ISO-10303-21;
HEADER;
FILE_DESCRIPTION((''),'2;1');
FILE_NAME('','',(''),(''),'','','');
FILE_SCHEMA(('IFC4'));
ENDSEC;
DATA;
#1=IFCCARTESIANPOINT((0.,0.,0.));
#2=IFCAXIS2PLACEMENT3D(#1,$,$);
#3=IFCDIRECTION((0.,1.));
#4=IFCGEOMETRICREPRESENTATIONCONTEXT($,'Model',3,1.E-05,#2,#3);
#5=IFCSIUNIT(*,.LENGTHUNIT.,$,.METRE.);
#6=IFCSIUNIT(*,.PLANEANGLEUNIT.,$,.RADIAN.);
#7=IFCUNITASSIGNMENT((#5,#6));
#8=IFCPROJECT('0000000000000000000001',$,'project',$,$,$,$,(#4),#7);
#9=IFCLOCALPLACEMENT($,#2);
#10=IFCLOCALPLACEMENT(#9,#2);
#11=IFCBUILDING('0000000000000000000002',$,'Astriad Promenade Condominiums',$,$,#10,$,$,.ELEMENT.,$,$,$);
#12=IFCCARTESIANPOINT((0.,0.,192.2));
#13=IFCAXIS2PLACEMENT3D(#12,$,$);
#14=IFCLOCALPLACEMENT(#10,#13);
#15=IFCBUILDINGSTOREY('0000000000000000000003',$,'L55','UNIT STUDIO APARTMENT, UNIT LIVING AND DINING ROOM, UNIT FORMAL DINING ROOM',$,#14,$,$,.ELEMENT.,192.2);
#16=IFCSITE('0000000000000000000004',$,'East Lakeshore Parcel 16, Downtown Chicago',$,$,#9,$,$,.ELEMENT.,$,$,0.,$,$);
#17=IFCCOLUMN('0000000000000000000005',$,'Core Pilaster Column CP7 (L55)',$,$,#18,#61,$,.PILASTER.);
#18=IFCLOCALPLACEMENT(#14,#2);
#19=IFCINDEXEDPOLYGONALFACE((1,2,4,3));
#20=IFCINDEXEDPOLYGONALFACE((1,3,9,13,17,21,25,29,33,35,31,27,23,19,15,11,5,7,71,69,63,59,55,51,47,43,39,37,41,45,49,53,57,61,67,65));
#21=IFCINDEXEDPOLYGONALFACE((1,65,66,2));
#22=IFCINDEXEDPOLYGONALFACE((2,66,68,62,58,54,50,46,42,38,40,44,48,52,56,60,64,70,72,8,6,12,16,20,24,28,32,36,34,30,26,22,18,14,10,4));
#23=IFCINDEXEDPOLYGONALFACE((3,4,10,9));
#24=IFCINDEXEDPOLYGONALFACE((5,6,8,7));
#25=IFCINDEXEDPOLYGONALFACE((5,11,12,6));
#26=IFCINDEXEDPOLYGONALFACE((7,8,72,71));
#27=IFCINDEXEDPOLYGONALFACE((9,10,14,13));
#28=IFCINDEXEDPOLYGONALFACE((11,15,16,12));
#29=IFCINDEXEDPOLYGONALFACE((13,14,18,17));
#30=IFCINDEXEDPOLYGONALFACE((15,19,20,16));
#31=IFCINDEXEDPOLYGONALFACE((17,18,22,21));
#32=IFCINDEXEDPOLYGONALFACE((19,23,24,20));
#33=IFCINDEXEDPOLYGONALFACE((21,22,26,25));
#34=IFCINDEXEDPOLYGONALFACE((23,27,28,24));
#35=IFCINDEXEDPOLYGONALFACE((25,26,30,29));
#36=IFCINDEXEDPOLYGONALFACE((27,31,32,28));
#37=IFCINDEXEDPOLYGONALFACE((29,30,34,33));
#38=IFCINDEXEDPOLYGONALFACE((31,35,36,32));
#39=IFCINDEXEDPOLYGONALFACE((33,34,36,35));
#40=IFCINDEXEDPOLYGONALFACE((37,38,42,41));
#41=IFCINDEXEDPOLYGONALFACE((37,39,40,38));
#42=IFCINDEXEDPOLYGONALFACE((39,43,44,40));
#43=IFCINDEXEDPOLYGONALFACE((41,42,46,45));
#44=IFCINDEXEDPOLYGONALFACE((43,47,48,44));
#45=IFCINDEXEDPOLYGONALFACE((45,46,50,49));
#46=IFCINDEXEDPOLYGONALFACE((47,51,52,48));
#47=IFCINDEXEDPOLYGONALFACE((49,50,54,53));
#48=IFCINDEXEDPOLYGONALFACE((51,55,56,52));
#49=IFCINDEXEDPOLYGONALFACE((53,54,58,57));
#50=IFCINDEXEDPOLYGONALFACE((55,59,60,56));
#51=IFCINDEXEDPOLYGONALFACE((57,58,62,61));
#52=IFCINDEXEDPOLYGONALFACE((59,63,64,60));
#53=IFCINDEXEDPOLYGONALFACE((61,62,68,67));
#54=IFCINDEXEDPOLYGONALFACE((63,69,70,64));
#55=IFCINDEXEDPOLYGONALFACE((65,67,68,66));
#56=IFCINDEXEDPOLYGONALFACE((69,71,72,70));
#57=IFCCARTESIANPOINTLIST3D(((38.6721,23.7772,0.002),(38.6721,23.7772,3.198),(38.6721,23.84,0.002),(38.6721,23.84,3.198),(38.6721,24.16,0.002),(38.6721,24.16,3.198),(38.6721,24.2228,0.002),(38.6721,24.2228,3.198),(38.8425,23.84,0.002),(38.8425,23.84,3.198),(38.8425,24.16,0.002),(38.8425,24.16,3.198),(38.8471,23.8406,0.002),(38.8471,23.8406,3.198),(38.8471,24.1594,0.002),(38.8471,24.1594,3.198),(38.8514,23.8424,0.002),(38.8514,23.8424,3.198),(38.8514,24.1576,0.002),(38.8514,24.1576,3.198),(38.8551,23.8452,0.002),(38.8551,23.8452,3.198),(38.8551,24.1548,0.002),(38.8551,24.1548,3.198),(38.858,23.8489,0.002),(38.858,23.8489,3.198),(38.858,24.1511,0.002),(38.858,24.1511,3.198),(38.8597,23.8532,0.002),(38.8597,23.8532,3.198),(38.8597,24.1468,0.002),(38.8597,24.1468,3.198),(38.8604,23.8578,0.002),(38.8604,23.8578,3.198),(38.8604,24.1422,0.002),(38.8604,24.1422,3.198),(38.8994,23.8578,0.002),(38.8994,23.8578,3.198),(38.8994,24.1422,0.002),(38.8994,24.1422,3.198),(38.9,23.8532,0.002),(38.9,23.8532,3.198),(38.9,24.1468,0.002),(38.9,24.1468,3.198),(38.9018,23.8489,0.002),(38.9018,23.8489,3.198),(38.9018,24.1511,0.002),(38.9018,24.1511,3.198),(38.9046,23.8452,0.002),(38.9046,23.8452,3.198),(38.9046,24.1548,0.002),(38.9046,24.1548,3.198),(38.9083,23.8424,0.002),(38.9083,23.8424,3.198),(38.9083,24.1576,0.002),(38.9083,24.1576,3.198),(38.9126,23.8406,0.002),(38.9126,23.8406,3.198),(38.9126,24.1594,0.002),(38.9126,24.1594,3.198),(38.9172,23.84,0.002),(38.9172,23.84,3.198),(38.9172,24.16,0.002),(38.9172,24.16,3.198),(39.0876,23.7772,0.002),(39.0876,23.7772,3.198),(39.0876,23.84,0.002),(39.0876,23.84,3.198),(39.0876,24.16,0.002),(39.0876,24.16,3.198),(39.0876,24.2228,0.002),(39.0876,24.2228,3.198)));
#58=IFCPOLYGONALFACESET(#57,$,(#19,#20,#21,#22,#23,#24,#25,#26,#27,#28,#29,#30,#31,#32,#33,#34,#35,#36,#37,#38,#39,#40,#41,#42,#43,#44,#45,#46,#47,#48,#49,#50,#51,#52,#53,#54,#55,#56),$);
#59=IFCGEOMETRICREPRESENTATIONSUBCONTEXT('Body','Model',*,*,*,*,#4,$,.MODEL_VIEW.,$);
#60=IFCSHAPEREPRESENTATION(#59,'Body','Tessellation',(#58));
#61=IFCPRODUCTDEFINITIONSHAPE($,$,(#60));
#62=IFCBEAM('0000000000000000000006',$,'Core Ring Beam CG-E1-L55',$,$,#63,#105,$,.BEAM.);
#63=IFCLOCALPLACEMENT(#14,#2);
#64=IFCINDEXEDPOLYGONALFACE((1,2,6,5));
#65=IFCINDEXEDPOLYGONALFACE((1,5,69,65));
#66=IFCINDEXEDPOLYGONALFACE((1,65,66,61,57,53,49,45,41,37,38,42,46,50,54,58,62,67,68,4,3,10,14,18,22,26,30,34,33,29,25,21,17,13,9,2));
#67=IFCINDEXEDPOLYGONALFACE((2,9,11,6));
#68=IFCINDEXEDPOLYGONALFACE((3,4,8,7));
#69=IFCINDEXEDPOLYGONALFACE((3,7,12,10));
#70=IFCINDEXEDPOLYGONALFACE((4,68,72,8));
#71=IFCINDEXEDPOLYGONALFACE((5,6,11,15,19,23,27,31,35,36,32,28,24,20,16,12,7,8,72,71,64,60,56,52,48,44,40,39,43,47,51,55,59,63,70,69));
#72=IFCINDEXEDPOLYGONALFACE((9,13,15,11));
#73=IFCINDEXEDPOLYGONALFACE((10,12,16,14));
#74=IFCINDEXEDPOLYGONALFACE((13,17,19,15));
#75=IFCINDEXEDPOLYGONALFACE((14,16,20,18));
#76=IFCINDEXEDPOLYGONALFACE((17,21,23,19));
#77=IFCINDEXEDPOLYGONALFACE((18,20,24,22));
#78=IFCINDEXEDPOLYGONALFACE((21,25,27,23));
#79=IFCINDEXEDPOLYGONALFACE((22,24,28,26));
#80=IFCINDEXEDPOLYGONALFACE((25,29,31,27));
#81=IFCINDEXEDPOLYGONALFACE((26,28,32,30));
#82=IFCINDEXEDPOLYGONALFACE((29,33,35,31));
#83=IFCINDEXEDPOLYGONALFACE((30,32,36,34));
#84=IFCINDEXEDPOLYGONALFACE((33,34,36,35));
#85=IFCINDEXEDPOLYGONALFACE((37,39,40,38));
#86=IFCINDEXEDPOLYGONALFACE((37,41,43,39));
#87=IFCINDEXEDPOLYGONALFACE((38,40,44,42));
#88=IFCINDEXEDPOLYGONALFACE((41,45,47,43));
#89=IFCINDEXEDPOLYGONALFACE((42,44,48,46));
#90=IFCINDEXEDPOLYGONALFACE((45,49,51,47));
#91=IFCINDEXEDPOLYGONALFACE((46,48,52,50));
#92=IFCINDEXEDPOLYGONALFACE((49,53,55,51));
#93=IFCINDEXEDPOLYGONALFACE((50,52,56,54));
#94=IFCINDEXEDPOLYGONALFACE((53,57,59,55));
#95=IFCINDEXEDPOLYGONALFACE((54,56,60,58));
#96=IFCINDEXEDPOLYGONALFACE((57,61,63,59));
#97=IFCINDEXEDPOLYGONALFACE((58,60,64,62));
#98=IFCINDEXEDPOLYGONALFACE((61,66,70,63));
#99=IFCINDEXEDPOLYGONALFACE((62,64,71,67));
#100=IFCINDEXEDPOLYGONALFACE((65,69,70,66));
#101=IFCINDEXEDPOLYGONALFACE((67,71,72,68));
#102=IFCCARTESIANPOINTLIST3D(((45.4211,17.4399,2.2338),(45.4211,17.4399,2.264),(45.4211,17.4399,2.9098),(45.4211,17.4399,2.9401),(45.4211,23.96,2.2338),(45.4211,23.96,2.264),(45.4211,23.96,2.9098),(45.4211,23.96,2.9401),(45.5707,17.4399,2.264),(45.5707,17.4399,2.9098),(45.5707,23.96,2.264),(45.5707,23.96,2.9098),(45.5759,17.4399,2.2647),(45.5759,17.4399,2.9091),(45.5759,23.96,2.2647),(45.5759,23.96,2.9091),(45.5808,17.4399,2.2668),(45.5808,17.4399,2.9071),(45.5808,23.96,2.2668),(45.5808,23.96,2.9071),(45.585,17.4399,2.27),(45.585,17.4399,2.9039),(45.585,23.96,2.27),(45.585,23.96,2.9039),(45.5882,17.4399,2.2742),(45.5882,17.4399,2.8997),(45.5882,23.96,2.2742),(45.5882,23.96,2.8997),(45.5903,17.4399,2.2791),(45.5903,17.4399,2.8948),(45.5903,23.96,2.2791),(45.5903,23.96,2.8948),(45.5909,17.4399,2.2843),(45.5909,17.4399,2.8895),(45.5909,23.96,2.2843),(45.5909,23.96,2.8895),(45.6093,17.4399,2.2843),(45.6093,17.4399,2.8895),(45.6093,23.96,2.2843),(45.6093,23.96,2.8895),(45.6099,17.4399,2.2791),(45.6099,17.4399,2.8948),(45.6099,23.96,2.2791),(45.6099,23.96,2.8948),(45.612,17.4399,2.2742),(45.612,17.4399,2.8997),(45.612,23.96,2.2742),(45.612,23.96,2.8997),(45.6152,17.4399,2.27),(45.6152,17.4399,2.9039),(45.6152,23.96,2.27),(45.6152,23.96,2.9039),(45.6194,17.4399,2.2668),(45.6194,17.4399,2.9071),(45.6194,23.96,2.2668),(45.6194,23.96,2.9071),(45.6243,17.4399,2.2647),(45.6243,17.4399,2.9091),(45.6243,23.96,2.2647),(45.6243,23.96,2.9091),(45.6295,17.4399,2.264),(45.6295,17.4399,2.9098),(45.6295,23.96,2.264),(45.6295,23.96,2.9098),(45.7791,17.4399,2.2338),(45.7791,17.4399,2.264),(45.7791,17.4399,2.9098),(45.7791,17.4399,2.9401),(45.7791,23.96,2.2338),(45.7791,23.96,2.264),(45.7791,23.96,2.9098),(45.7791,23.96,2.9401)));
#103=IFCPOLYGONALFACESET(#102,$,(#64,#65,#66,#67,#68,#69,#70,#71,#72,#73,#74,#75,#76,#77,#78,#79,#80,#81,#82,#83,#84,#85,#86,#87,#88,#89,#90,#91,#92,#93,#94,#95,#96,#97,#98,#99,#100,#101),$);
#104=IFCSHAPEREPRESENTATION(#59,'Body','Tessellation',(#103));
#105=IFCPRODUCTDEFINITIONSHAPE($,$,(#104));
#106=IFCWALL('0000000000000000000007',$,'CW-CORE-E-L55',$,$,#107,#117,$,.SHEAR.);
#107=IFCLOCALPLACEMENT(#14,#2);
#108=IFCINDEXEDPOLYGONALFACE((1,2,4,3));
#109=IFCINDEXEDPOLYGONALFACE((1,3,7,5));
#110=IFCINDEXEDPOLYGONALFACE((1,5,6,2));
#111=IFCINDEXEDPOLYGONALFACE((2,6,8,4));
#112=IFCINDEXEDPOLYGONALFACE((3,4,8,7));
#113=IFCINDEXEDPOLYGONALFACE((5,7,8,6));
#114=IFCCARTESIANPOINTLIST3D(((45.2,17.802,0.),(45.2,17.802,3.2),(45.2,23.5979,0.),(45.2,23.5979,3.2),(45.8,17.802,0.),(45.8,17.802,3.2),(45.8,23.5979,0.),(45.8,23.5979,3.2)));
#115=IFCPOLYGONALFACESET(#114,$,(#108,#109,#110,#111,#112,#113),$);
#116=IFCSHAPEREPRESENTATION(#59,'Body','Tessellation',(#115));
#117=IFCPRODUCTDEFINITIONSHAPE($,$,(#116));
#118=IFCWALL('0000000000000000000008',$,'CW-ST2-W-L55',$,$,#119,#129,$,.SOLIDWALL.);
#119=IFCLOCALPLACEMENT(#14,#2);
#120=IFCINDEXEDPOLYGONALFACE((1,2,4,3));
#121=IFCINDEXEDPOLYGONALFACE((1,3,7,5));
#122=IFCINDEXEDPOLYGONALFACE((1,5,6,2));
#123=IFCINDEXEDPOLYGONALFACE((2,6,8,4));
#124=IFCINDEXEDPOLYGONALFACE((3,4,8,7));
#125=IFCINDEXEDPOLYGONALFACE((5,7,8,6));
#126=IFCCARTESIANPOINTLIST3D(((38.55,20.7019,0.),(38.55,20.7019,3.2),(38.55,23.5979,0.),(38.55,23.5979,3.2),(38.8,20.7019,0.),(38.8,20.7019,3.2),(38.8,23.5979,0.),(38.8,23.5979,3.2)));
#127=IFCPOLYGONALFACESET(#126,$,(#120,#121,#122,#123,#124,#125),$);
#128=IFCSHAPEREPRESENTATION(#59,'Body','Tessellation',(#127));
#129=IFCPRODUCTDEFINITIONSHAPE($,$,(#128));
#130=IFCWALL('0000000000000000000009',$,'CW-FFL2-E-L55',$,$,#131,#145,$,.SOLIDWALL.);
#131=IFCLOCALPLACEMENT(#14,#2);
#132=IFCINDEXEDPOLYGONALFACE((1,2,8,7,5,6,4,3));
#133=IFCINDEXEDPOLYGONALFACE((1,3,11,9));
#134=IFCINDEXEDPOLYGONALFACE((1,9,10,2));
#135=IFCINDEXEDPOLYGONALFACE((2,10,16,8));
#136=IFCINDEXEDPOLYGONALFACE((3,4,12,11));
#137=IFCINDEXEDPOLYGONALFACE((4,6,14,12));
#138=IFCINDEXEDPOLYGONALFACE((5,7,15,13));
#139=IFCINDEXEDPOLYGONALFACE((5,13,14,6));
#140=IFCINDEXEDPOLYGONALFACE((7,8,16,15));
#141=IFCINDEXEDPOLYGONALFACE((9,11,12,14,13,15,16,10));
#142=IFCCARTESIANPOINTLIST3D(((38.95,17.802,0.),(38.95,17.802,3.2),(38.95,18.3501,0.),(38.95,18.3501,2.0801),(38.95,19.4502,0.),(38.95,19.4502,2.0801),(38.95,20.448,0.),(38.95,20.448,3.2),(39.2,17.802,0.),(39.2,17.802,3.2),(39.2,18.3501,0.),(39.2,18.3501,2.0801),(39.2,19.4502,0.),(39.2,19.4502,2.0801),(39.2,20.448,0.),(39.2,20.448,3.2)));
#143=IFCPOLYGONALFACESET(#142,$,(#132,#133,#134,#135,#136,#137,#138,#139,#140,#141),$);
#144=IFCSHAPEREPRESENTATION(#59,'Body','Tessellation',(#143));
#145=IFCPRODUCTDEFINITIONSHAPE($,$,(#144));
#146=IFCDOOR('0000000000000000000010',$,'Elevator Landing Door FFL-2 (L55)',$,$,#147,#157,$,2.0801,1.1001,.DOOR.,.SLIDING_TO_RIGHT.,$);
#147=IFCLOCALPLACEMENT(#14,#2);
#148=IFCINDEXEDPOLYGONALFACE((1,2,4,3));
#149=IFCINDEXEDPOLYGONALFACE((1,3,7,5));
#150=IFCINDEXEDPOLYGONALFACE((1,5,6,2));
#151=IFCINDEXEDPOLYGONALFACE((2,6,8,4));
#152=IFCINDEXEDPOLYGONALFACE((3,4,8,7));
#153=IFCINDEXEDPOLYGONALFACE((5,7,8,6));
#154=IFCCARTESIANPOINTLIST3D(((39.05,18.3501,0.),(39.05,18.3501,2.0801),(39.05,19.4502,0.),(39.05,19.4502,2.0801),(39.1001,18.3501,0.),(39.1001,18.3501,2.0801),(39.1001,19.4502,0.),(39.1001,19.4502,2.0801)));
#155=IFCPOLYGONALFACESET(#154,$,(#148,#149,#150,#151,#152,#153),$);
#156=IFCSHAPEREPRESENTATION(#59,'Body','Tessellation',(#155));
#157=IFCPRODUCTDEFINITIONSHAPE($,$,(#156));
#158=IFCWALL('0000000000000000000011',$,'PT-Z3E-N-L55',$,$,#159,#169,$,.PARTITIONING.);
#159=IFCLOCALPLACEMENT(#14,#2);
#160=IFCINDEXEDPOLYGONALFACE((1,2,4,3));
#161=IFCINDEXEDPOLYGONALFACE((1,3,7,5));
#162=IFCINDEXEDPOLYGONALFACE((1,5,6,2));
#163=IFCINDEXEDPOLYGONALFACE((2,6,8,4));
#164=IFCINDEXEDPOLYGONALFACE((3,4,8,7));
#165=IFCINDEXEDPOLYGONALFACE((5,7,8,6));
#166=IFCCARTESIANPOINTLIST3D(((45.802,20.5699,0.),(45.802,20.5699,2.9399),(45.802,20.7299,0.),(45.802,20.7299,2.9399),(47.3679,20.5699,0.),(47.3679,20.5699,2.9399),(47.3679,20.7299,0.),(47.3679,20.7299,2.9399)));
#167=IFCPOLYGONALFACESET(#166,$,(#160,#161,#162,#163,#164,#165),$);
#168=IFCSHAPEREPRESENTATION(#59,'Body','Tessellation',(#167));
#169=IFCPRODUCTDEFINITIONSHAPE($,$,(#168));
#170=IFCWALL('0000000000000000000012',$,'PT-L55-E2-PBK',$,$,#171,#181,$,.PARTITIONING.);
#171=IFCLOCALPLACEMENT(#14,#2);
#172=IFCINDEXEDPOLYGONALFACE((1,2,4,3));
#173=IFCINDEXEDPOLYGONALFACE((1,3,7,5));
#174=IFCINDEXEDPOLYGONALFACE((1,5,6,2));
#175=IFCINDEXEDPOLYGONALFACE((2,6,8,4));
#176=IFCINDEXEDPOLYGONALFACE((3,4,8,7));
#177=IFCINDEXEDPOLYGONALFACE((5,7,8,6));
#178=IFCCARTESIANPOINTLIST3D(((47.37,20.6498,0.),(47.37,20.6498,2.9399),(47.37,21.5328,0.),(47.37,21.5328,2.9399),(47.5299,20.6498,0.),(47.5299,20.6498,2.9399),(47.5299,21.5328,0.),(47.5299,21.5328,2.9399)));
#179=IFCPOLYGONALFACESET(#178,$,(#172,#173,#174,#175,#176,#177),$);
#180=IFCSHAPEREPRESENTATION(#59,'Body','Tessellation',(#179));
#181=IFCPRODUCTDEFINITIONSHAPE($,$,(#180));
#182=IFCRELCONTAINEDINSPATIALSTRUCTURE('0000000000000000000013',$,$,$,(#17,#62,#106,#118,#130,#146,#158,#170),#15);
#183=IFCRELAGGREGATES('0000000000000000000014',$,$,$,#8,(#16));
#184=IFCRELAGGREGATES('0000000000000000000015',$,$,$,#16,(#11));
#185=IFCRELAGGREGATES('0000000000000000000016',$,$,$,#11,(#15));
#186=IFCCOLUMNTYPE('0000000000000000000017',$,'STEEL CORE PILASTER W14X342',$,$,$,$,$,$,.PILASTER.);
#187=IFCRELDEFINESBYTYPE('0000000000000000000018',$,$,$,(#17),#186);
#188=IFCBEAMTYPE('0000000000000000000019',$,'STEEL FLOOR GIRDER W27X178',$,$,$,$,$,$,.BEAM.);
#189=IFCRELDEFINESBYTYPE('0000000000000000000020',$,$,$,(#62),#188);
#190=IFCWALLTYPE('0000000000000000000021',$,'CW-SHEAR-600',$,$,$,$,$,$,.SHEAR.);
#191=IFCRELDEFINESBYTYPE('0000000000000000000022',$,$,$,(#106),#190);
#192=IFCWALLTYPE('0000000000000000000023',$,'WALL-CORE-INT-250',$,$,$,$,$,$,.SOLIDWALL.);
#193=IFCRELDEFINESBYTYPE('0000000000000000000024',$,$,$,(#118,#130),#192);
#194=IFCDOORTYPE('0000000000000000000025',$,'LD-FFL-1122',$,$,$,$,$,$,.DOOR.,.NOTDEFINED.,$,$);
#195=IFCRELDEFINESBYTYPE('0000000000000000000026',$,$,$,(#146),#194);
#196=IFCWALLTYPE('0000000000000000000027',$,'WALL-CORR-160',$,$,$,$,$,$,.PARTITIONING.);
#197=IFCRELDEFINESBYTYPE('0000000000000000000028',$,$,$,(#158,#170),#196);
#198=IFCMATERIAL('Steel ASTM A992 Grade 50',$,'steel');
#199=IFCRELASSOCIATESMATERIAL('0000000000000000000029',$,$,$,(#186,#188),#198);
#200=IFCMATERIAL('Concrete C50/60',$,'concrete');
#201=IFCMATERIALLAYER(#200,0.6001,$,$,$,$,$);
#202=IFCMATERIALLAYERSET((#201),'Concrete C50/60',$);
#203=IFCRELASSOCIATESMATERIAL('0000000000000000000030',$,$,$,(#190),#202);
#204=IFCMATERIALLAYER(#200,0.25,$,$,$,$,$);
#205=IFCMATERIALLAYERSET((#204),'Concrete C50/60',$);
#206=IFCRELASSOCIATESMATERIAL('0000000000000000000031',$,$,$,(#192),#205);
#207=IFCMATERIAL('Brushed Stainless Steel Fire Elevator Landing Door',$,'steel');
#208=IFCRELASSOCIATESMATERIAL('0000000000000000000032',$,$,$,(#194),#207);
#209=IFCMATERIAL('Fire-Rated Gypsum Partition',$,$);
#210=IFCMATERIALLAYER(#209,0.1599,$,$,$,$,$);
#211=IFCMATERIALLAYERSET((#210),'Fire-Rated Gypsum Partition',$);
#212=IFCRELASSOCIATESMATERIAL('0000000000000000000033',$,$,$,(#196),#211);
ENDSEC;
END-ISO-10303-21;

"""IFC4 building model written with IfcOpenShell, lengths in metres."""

from ifc_helpers import new_model, si_unit, direction, frame, frame_2d, origin, origin_2d, place, context, subcontext, project, spatial, rectangle, i_section, extrude, source, transform, mapped, material, layer, layer_set, material_profile, profile_set, type_object, type_shapes, element, fill, save


model = new_model("IFC4")

# Units and contexts
model_context = context("Model", 3, precision=1e-05, world=origin(), true_north=direction((0.0, 1.0)))
body_context = subcontext(model_context, "Body", "Model", "MODEL_VIEW")
ifc_project = project(units=[si_unit("LENGTHUNIT", "METRE"), si_unit("PLANEANGLEUNIT", "RADIAN")], contexts=[model_context])

# Site, building, storey
site_placement = place(None, origin())
site = spatial("IfcSite", under=ifc_project, at=site_placement, Name="East Lakeshore Parcel 16, Downtown Chicago", CompositionType="ELEMENT", RefElevation=0.0)
building_placement = place(site_placement, origin())
building = spatial("IfcBuilding", under=site, at=building_placement, Name="Astriad Promenade Condominiums", CompositionType="ELEMENT")
storey_placement = place(building_placement, frame((0.0, 0.0, 192.2)))
storey = spatial("IfcBuildingStorey", under=building, at=storey_placement, Name="L55", Description="UNIT STUDIO APARTMENT, UNIT LIVING AND DINING ROOM, UNIT FORMAL DINING ROOM", CompositionType="ELEMENT", Elevation=192.2)

# Column
ifc_material_1 = material(Name="Steel ASTM A992 Grade 50", Category="steel")
ifc_material_profile_1 = material_profile(ifc_material_1, i_section(OverallWidth=0.4155, OverallDepth=0.4456, WebThickness=0.0391, FlangeThickness=0.0627, FilletRadius=0.0178, at=origin_2d()), Name="W14X342")
ifc_profile_set_1 = profile_set([ifc_material_profile_1], Name="Steel ASTM A992 Grade 50")
column_type = type_object("IfcColumnType", Name="STEEL CORE PILASTER W14X342", PredefinedType="PILASTER", material=ifc_profile_set_1)
shared_shape_1 = source(origin(), body_context, "Body", "SweptSolid", [
    extrude(i_section(OverallWidth=0.4155, OverallDepth=0.4456, WebThickness=0.0391, FlangeThickness=0.0627, FilletRadius=0.0178, at=origin_2d()), origin(), (0.0, 0.0, 1.0), 3.196),
])
type_shapes(column_type, [shared_shape_1])
column_placement = place(storey_placement, frame((38.8799, 24.0, 0.002), z_axis=(0.0, 0.0, 1.0), x_axis=(1.0, 0.0, 0.0)))
element("IfcColumn", 1, at=column_placement, inside=storey, type_object=column_type, Name="Core Pilaster Column CP7 (L55)", PredefinedType="PILASTER", context=body_context, shape_type="MappedRepresentation", body=[
    mapped(shared_shape_1, transform((0.0, 0.0, 0.0), scale=1.0)),
])

# Beam
ifc_material_profile_2 = material_profile(ifc_material_1, i_section(OverallWidth=0.3579, OverallDepth=0.7063, WebThickness=0.0183, FlangeThickness=0.0303, FilletRadius=0.0203, at=origin_2d()), Name="W27X178")
ifc_profile_set_2 = profile_set([ifc_material_profile_2], Name="Steel ASTM A992 Grade 50")
beam_type = type_object("IfcBeamType", Name="STEEL FLOOR GIRDER W27X178", PredefinedType="BEAM", material=ifc_profile_set_2)
shared_shape_2 = source(origin(), body_context, "Body", "SweptSolid", [
    extrude(i_section(OverallWidth=0.3579, OverallDepth=0.7063, WebThickness=0.0183, FlangeThickness=0.0303, FilletRadius=0.0203, at=origin_2d()), origin(), (0.0, 0.0, 1.0), 6.52),
])
type_shapes(beam_type, [shared_shape_2])
beam_placement = place(storey_placement, frame((45.6001, 17.4399, 2.5869), z_axis=(0.0, 1.0, 0.0), x_axis=(-1.0, 0.0, 0.0)))
element("IfcBeam", 2, at=beam_placement, inside=storey, type_object=beam_type, Name="Core Ring Beam CG-E1-L55", PredefinedType="BEAM", context=body_context, shape_type="MappedRepresentation", body=[
    mapped(shared_shape_2, transform((0.0, 0.0, 0.0), scale=1.0)),
])

# Walls
ifc_material_2 = material(Name="Concrete C50/60", Category="concrete")
ifc_layer_1 = layer(ifc_material_2, 0.6001)
ifc_layer_set_1 = layer_set([ifc_layer_1], Name="Concrete C50/60")
wall_type_1 = type_object("IfcWallType", Name="CW-SHEAR-600", PredefinedType="SHEAR", material=ifc_layer_set_1)
wall_1_placement = place(storey_placement, frame((45.5, 17.802, 0.0), z_axis=(0.0, 0.0, 1.0), x_axis=(0.0, 1.0, 0.0)))
element("IfcWall", 3, at=wall_1_placement, inside=storey, type_object=wall_type_1, Name="CW-CORE-E-L55", PredefinedType="SHEAR", context=body_context, shape_type="SweptSolid", body=[
    extrude(rectangle(XDim=5.7959, YDim=0.6001, at=frame_2d((2.8979, 0.0))), origin(), (0.0, 0.0, 1.0), 3.2),
])
ifc_layer_2 = layer(ifc_material_2, 0.25)
ifc_layer_set_2 = layer_set([ifc_layer_2], Name="Concrete C50/60")
wall_type_2 = type_object("IfcWallType", Name="WALL-CORE-INT-250", PredefinedType="SOLIDWALL", material=ifc_layer_set_2)
wall_2_placement = place(storey_placement, frame((38.675, 20.7019, 0.0), z_axis=(0.0, 0.0, 1.0), x_axis=(0.0, 1.0, 0.0)))
element("IfcWall", 4, at=wall_2_placement, inside=storey, type_object=wall_type_2, Name="CW-ST2-W-L55", PredefinedType="SOLIDWALL", context=body_context, shape_type="SweptSolid", body=[
    extrude(rectangle(XDim=2.896, YDim=0.25, at=frame_2d((1.448, 0.0))), origin(), (0.0, 0.0, 1.0), 3.2),
])

# Wall, opening, door
wall_3_placement = place(storey_placement, frame((39.075, 17.802, 0.0), z_axis=(0.0, 0.0, 1.0), x_axis=(0.0, 1.0, 0.0)))
wall_3 = element("IfcWall", 5, at=wall_3_placement, inside=storey, type_object=wall_type_2, Name="CW-FFL2-E-L55", PredefinedType="SOLIDWALL", context=body_context, shape_type="SweptSolid", body=[
    extrude(rectangle(XDim=2.646, YDim=0.25, at=frame_2d((1.323, 0.0))), origin(), (0.0, 0.0, 1.0), 3.2),
])
opening_placement = place(wall_3_placement, frame((0.5481, 0.0, 0.0)))
opening = element("IfcOpeningElement", 6, at=opening_placement, cuts=wall_3, PredefinedType="OPENING", context=body_context, shape_type="SweptSolid", body=[
    extrude(rectangle(XDim=1.1001, YDim=2.0801, at=frame_2d((0.55, 1.04))), frame((0.0, 0.135, 0.0), z_axis=(0.0, -1.0, 0.0), x_axis=(1.0, 0.0, 0.0)), (0.0, 0.0, 1.0), 0.27),
])
ifc_material_3 = material(Name="Brushed Stainless Steel Fire Elevator Landing Door", Category="steel")
door_type = type_object("IfcDoorType", Name="LD-FFL-1122", OperationType="NOTDEFINED", PredefinedType="DOOR", material=ifc_material_3)
shared_shape_3 = source(origin(), body_context, "Body", "SweptSolid", [
    extrude(rectangle(XDim=1.1001, YDim=2.0801, at=frame_2d((0.55, 1.04))), frame((0.0, 0.0249, 0.0), z_axis=(0.0, -1.0, 0.0), x_axis=(1.0, 0.0, 0.0)), (0.0, 0.0, 1.0), 0.05),
])
type_shapes(door_type, [shared_shape_3])
door_placement = place(opening_placement, origin())
door = element("IfcDoor", 7, at=door_placement, inside=storey, type_object=door_type, Name="Elevator Landing Door FFL-2 (L55)", OperationType="SLIDING_TO_RIGHT", OverallHeight=2.0801, OverallWidth=1.1001, PredefinedType="DOOR", context=body_context, shape_type="MappedRepresentation", body=[
    mapped(shared_shape_3, transform((0.0, 0.0, 0.0), scale=1.0)),
])
fill(opening, door)

# Walls
ifc_material_4 = material(Name="Fire-Rated Gypsum Partition")
ifc_layer_3 = layer(ifc_material_4, 0.1599)
ifc_layer_set_3 = layer_set([ifc_layer_3], Name="Fire-Rated Gypsum Partition")
wall_type_3 = type_object("IfcWallType", Name="WALL-CORR-160", PredefinedType="PARTITIONING", material=ifc_layer_set_3)
wall_4_placement = place(storey_placement, frame((45.802, 20.6499, 0.0), z_axis=(0.0, 0.0, 1.0), x_axis=(1.0, 0.0, 0.0)))
element("IfcWall", 8, at=wall_4_placement, inside=storey, type_object=wall_type_3, Name="PT-Z3E-N-L55", PredefinedType="PARTITIONING", context=body_context, shape_type="SweptSolid", body=[
    extrude(rectangle(XDim=1.5659, YDim=0.1599, at=frame_2d((0.783, 0.0))), origin(), (0.0, 0.0, 1.0), 2.9399),
])
wall_5_placement = place(storey_placement, frame((47.45, 20.6499, 0.0), z_axis=(0.0, 0.0, 1.0), x_axis=(0.0, 1.0, 0.0)))
element("IfcWall", 9, at=wall_5_placement, inside=storey, type_object=wall_type_3, Name="PT-L55-E2-PBK", PredefinedType="PARTITIONING", context=body_context, shape_type="SweptSolid", body=[
    extrude(rectangle(XDim=0.8831, YDim=0.1599, at=frame_2d((0.4414, 0.0))), origin(), (0.0, 0.0, 1.0), 2.9399),
])

save(model, "model.ifc")
